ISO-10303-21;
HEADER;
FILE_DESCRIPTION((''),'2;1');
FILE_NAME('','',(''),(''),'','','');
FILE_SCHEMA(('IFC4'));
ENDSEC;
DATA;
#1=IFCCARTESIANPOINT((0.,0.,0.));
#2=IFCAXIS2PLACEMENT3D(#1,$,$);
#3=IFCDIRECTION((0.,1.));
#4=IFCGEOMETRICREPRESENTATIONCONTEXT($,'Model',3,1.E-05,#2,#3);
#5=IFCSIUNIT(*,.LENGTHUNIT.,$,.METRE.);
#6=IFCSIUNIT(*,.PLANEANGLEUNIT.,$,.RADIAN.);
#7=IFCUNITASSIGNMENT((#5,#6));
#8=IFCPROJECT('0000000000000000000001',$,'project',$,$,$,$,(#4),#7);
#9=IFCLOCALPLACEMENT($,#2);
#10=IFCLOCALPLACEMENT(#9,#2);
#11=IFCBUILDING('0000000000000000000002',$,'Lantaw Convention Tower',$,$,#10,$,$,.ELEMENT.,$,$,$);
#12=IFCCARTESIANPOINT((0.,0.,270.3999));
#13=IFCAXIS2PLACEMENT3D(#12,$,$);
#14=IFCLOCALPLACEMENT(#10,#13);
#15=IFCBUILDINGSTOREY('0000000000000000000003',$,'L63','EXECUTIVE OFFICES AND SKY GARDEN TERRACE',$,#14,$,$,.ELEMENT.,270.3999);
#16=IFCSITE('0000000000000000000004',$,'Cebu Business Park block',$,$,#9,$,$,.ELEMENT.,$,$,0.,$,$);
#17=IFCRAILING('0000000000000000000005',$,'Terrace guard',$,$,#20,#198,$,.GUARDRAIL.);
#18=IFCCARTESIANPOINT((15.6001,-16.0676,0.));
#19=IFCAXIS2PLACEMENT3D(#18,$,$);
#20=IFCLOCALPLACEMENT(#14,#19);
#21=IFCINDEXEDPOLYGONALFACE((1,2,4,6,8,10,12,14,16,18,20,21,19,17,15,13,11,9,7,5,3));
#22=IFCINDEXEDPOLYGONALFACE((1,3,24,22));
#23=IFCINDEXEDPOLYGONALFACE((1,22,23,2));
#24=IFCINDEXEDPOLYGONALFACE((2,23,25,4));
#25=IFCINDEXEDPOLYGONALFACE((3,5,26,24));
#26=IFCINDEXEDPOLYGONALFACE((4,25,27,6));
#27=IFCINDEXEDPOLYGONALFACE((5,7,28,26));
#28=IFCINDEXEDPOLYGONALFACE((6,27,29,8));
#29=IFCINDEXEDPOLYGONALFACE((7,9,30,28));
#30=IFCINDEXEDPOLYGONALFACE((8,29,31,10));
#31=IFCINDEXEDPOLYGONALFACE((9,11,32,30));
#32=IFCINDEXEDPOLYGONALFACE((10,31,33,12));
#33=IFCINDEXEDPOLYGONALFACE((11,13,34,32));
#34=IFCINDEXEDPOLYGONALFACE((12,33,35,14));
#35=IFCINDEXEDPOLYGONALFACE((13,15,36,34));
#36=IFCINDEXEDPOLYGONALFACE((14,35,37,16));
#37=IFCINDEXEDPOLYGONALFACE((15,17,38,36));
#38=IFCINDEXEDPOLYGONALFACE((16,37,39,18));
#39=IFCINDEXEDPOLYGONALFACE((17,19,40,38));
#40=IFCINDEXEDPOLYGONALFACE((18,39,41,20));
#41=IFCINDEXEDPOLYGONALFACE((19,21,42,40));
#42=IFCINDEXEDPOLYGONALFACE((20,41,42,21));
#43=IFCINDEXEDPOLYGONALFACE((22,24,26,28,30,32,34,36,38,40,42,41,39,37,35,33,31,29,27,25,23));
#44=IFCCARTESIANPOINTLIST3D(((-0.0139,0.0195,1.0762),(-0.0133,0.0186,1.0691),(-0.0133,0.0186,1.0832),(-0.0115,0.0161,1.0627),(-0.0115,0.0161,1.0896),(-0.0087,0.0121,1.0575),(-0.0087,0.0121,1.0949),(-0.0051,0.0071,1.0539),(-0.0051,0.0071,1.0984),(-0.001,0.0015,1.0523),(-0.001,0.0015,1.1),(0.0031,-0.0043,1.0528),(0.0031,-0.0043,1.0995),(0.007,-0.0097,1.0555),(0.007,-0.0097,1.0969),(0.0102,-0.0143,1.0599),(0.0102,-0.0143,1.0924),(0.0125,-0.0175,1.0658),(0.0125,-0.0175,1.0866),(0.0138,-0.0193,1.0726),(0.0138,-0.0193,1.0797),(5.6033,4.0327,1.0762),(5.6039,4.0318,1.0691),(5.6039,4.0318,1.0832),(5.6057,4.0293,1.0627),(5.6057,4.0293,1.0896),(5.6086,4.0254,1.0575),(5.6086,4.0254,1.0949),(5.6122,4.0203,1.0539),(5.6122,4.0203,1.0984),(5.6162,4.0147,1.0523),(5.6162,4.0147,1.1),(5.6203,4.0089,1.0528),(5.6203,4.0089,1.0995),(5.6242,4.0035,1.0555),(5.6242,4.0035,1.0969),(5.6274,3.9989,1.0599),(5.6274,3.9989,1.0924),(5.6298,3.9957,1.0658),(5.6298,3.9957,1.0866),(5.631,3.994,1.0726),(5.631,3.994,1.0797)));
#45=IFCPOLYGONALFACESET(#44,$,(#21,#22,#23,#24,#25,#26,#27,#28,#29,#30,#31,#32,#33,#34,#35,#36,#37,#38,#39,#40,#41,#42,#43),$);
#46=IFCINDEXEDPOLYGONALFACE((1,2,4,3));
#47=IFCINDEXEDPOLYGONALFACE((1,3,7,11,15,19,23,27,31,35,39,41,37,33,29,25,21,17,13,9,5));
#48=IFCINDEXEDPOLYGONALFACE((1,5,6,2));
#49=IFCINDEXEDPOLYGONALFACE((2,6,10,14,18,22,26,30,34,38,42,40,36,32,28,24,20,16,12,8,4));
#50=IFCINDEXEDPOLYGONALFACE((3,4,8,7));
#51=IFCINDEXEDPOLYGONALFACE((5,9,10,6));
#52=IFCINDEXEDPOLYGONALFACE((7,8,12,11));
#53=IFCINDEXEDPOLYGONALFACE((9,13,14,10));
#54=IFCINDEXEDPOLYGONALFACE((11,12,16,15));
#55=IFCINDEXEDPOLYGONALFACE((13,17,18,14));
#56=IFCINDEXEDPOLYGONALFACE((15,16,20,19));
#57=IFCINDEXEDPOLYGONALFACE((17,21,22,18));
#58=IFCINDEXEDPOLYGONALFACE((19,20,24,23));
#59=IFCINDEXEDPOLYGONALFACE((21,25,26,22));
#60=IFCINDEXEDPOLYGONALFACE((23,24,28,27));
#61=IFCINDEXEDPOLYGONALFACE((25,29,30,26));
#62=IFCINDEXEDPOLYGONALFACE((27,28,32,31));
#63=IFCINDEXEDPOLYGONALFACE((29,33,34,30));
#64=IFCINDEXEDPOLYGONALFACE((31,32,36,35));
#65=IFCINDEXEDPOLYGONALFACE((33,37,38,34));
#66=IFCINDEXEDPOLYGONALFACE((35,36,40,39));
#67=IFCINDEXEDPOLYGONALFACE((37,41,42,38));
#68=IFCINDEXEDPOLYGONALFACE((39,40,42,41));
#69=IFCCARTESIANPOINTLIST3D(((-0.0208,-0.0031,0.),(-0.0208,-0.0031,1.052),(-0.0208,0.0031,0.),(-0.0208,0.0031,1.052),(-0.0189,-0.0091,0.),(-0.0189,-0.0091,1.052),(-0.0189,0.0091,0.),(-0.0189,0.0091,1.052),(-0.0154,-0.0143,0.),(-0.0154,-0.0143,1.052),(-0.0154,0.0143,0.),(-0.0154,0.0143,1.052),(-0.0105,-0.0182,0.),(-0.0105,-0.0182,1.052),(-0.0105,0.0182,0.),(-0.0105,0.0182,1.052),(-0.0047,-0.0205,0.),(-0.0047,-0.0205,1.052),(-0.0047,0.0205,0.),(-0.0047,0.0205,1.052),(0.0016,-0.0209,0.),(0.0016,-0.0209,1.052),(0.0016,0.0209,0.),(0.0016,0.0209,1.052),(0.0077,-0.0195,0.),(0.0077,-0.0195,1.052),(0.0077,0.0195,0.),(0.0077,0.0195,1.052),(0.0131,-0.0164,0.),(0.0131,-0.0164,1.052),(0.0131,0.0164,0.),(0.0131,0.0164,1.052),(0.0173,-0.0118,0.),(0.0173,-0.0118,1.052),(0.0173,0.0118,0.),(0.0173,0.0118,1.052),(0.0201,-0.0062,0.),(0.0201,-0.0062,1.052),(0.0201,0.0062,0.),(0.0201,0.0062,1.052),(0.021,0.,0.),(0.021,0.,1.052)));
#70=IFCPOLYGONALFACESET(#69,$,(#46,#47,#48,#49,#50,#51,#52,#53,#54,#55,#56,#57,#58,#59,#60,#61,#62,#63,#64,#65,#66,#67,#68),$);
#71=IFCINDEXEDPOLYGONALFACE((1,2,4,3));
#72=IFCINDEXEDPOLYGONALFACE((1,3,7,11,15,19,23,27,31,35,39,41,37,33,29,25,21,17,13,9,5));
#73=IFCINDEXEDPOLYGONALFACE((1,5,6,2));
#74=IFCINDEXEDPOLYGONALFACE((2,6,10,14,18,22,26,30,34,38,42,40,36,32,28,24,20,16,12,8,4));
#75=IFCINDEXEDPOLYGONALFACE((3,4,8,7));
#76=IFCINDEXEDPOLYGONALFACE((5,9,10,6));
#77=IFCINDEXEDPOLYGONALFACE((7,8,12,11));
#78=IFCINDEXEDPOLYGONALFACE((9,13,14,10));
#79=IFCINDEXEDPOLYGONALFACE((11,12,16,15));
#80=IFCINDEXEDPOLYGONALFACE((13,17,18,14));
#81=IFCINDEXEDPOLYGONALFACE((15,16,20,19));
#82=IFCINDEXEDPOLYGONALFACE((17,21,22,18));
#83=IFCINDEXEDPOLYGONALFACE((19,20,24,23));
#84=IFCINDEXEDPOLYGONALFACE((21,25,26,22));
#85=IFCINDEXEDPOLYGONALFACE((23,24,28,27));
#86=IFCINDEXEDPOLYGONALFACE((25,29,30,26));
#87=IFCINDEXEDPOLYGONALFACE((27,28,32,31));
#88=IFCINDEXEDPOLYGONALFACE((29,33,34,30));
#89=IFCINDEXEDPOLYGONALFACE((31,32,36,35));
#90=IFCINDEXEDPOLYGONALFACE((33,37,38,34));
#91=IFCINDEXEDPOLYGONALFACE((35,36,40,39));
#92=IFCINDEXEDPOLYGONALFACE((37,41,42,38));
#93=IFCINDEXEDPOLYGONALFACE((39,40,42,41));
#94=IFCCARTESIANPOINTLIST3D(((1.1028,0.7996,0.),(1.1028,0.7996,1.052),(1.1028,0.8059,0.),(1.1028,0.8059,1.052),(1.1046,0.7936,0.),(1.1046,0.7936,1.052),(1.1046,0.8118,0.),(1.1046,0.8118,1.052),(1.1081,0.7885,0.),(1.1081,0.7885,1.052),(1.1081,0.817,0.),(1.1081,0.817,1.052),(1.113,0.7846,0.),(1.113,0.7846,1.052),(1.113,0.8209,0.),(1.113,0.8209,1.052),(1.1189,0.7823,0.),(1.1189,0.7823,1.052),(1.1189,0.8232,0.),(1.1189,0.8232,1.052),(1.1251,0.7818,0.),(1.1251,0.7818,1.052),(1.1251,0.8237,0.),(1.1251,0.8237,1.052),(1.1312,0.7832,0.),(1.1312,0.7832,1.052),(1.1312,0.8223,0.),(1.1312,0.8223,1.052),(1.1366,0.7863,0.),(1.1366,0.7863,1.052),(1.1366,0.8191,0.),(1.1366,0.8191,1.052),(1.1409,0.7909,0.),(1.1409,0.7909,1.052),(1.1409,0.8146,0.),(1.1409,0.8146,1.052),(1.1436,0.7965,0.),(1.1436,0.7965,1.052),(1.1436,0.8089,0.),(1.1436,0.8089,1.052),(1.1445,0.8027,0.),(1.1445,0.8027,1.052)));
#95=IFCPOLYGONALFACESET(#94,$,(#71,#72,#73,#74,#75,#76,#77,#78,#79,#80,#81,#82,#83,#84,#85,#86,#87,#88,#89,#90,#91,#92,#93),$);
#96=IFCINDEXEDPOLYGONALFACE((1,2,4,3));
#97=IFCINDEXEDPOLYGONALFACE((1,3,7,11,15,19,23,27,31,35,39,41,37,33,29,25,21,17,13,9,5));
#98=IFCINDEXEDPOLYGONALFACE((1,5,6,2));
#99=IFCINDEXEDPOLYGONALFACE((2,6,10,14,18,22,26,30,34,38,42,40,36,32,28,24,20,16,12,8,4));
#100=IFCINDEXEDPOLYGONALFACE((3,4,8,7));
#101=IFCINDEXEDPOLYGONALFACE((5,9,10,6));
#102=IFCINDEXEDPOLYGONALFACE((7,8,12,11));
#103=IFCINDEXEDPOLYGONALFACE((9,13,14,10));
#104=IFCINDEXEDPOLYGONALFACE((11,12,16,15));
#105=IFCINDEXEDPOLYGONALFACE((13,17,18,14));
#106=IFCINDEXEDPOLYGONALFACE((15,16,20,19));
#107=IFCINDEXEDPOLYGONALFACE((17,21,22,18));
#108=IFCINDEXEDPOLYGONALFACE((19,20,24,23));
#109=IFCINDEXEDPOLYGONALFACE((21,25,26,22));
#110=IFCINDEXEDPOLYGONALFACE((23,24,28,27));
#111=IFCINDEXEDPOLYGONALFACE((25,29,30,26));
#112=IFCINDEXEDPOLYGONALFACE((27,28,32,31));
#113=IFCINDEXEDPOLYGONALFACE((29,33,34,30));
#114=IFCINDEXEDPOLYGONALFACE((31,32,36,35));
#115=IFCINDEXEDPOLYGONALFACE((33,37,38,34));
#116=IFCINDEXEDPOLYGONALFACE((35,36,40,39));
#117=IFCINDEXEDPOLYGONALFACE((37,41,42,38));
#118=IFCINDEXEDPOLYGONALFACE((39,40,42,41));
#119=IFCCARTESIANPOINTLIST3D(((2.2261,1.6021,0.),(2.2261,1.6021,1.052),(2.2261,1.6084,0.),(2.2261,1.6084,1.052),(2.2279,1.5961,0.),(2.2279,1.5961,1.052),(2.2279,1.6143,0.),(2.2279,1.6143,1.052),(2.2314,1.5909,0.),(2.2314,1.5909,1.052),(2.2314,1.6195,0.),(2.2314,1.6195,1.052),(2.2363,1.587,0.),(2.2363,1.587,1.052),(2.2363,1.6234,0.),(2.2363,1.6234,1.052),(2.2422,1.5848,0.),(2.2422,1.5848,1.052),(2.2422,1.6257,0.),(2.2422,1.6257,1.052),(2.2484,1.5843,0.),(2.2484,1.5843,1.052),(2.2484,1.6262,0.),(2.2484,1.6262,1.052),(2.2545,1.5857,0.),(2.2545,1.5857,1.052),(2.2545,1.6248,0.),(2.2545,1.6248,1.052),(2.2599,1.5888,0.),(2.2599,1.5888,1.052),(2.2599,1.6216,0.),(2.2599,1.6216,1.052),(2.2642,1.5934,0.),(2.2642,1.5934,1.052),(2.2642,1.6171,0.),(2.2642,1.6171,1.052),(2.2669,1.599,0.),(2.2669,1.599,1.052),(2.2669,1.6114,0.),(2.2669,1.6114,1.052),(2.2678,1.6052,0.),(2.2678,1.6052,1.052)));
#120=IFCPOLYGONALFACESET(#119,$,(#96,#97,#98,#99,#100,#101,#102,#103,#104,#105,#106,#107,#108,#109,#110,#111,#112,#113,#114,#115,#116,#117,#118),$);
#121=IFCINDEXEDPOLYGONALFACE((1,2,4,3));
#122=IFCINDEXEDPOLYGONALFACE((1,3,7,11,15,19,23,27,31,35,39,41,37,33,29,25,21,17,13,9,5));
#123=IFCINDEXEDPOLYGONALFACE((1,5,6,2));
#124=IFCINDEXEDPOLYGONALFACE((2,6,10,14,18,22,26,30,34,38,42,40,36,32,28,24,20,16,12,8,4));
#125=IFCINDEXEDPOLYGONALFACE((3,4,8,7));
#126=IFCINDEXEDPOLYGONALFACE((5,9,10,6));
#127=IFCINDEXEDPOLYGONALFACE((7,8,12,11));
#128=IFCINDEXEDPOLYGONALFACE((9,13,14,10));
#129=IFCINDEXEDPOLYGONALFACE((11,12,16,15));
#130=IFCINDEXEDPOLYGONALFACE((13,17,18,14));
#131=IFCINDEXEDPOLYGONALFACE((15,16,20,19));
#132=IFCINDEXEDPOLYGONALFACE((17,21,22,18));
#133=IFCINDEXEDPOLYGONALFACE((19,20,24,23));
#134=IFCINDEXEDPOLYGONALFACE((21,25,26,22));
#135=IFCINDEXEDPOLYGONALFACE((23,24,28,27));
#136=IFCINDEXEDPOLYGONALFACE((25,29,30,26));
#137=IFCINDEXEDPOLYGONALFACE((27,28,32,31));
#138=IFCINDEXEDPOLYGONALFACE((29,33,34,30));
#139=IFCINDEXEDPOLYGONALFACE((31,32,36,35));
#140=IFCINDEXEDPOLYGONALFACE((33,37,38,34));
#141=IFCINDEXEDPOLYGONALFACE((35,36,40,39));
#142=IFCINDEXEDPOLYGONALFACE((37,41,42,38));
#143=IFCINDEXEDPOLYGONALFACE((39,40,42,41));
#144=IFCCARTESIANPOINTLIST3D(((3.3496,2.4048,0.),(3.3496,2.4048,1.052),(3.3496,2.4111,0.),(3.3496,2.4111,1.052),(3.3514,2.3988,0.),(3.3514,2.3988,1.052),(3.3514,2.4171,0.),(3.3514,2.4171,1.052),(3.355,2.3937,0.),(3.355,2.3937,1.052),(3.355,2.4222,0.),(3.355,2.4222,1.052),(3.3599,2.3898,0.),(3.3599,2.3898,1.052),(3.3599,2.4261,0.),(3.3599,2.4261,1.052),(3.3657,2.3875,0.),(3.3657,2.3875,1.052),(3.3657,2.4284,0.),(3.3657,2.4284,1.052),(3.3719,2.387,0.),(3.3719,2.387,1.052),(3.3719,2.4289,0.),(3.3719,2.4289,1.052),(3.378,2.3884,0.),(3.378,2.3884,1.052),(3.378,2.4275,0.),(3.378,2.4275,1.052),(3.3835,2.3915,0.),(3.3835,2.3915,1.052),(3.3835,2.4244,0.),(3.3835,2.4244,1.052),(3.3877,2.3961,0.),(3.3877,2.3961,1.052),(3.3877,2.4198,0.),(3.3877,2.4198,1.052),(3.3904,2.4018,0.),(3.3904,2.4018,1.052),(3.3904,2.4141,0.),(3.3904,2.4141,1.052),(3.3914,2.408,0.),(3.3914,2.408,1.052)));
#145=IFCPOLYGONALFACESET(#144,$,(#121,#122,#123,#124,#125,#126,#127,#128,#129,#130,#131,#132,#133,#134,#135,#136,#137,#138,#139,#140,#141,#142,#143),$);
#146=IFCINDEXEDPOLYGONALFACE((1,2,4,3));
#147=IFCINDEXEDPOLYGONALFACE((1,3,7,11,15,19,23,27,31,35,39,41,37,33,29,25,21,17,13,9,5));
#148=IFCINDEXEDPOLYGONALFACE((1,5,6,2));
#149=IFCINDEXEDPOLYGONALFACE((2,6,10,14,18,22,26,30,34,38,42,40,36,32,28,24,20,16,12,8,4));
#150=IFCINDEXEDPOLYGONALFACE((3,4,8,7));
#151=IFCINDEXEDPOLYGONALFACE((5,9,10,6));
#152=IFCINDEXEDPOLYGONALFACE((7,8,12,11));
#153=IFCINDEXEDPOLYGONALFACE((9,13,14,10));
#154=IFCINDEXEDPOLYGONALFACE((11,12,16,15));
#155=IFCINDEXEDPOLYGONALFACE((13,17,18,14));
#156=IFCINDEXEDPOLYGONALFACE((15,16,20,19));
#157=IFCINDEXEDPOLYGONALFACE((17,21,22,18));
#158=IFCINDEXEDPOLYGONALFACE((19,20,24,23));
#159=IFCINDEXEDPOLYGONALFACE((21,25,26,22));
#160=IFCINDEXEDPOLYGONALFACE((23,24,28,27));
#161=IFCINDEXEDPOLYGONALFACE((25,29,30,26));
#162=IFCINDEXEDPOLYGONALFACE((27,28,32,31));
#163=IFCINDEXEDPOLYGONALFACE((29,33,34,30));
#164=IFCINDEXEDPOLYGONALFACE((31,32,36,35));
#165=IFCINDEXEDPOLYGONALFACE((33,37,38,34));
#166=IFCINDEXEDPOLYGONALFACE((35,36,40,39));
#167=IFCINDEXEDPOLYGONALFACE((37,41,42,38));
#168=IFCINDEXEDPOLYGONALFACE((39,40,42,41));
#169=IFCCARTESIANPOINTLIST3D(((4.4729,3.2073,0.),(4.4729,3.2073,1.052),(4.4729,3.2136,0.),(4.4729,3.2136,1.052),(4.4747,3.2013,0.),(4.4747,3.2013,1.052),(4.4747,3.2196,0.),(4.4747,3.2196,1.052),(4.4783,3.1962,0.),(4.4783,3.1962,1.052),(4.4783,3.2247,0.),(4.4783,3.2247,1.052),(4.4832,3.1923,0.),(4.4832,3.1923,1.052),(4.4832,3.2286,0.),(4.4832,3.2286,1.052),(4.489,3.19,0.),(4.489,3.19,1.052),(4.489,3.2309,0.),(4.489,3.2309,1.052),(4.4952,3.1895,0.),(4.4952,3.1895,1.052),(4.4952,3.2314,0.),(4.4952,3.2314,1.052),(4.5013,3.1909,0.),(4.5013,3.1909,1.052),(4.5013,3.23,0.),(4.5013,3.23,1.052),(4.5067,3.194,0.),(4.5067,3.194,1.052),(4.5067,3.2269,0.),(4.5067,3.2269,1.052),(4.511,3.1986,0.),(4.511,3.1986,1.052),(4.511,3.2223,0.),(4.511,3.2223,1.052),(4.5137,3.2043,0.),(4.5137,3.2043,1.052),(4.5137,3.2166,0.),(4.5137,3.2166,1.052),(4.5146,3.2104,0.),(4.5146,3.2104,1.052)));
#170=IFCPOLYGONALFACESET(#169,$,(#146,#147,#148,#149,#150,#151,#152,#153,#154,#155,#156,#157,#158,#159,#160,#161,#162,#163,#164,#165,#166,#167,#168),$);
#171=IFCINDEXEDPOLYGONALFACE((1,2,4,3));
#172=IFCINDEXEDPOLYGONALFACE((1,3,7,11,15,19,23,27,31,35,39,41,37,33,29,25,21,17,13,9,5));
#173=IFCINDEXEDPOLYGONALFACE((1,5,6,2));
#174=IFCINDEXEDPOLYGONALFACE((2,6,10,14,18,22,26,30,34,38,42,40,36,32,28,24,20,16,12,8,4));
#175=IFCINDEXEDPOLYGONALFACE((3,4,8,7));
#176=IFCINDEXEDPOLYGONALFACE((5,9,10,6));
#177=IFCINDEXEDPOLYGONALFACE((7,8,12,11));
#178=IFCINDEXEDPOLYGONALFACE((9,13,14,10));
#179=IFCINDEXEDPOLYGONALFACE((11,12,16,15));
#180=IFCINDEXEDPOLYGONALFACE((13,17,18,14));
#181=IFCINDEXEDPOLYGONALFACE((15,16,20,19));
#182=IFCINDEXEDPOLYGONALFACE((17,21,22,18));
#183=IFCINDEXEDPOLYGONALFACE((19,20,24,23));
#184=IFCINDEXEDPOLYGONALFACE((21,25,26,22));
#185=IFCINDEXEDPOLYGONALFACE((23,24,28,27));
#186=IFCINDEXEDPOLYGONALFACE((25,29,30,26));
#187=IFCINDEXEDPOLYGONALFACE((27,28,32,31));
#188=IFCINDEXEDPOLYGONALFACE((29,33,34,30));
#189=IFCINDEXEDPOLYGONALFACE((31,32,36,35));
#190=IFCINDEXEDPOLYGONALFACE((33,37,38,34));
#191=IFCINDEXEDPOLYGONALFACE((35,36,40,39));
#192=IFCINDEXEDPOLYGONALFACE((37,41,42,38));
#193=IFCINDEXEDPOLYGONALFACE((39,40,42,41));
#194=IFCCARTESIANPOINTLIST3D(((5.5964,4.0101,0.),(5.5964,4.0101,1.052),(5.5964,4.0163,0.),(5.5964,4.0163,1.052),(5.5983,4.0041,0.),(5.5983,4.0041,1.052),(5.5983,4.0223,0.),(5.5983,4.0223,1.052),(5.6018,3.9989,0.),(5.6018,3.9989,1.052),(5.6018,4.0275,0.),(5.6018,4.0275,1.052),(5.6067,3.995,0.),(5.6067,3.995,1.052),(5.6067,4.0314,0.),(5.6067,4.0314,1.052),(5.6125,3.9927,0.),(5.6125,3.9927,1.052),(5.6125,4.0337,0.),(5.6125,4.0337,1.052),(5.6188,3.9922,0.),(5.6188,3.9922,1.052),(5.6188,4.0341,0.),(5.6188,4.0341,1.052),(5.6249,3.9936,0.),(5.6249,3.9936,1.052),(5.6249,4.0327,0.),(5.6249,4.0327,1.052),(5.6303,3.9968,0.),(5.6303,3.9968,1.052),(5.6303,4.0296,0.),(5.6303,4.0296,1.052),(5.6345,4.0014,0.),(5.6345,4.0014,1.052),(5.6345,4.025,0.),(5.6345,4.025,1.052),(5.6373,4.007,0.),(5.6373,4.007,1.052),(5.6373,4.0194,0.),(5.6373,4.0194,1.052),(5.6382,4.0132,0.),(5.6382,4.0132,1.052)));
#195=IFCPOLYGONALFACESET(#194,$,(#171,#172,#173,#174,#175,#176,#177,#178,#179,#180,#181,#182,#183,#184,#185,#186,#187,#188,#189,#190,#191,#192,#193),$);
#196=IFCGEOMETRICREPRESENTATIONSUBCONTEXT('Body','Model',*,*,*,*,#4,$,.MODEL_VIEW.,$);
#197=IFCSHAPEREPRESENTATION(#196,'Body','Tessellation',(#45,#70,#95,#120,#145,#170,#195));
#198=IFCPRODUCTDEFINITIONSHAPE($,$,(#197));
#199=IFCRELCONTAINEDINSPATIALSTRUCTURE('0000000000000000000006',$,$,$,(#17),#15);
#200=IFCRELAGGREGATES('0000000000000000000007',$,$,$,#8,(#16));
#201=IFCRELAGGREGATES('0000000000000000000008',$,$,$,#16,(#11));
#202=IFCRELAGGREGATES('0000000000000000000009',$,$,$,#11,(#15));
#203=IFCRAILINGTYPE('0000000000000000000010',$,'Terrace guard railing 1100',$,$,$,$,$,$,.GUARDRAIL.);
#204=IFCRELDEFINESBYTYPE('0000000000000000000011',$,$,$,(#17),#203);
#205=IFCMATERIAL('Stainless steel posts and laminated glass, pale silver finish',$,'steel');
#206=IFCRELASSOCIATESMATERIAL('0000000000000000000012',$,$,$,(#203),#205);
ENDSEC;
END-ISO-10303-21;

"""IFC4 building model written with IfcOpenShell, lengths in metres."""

from ifc_helpers import new_model, si_unit, direction, frame, origin, origin_2d, place, context, subcontext, project, spatial, circle, extrude, material, type_object, element, save


model = new_model("IFC4")

# Units and contexts
model_context = context("Model", 3, precision=1e-05, world=origin(), true_north=direction((0.0, 1.0)))
body_context = subcontext(model_context, "Body", "Model", "MODEL_VIEW")
ifc_project = project(units=[si_unit("LENGTHUNIT", "METRE"), si_unit("PLANEANGLEUNIT", "RADIAN")], contexts=[model_context])

# Site, building, storey
site_placement = place(None, origin())
site = spatial("IfcSite", under=ifc_project, at=site_placement, Name="Cebu Business Park block", CompositionType="ELEMENT", RefElevation=0.0)
building_placement = place(site_placement, origin())
building = spatial("IfcBuilding", under=site, at=building_placement, Name="Lantaw Convention Tower", CompositionType="ELEMENT")
storey_placement = place(building_placement, frame((0.0, 0.0, 270.3999)))
storey = spatial("IfcBuildingStorey", under=building, at=storey_placement, Name="L63", Description="EXECUTIVE OFFICES AND SKY GARDEN TERRACE", CompositionType="ELEMENT", Elevation=270.3999)

# Railing
ifc_material_1 = material(Name="Stainless steel posts and laminated glass, pale silver finish", Category="steel")
railing_type = type_object("IfcRailingType", Name="Terrace guard railing 1100", PredefinedType="GUARDRAIL", material=ifc_material_1)
railing_1_placement = place(storey_placement, frame((15.6001, -16.0676, 0.0)))
element("IfcRailing", 1, at=railing_1_placement, inside=storey, type_object=railing_type, Name="Terrace guard", PredefinedType="GUARDRAIL", context=body_context, shape_type="SweptSolid", body=[
    extrude(circle(Radius=0.0239, at=origin_2d()), frame((0.0, 0.0, 1.0762), z_axis=(0.813671, 0.581325, 0.0), x_axis=(-0.581325, 0.813671, 0.0)), (0.0, 0.0, 1.0), 6.9036),
    extrude(circle(Radius=0.021, at=origin_2d()), origin(), (0.0, 0.0, 1.0), 1.052),
    extrude(circle(Radius=0.021, at=origin_2d()), frame((1.1235, 0.8027, 0.0)), (0.0, 0.0, 1.0), 1.052),
    extrude(circle(Radius=0.021, at=origin_2d()), frame((2.2468, 1.6052, 0.0)), (0.0, 0.0, 1.0), 1.052),
    extrude(circle(Radius=0.021, at=origin_2d()), frame((3.3704, 2.408, 0.0)), (0.0, 0.0, 1.0), 1.052),
    extrude(circle(Radius=0.021, at=origin_2d()), frame((4.4937, 3.2104, 0.0)), (0.0, 0.0, 1.0), 1.052),
    extrude(circle(Radius=0.021, at=origin_2d()), frame((5.6172, 4.0132, 0.0)), (0.0, 0.0, 1.0), 1.052),
])

save(model, "model.ifc")
